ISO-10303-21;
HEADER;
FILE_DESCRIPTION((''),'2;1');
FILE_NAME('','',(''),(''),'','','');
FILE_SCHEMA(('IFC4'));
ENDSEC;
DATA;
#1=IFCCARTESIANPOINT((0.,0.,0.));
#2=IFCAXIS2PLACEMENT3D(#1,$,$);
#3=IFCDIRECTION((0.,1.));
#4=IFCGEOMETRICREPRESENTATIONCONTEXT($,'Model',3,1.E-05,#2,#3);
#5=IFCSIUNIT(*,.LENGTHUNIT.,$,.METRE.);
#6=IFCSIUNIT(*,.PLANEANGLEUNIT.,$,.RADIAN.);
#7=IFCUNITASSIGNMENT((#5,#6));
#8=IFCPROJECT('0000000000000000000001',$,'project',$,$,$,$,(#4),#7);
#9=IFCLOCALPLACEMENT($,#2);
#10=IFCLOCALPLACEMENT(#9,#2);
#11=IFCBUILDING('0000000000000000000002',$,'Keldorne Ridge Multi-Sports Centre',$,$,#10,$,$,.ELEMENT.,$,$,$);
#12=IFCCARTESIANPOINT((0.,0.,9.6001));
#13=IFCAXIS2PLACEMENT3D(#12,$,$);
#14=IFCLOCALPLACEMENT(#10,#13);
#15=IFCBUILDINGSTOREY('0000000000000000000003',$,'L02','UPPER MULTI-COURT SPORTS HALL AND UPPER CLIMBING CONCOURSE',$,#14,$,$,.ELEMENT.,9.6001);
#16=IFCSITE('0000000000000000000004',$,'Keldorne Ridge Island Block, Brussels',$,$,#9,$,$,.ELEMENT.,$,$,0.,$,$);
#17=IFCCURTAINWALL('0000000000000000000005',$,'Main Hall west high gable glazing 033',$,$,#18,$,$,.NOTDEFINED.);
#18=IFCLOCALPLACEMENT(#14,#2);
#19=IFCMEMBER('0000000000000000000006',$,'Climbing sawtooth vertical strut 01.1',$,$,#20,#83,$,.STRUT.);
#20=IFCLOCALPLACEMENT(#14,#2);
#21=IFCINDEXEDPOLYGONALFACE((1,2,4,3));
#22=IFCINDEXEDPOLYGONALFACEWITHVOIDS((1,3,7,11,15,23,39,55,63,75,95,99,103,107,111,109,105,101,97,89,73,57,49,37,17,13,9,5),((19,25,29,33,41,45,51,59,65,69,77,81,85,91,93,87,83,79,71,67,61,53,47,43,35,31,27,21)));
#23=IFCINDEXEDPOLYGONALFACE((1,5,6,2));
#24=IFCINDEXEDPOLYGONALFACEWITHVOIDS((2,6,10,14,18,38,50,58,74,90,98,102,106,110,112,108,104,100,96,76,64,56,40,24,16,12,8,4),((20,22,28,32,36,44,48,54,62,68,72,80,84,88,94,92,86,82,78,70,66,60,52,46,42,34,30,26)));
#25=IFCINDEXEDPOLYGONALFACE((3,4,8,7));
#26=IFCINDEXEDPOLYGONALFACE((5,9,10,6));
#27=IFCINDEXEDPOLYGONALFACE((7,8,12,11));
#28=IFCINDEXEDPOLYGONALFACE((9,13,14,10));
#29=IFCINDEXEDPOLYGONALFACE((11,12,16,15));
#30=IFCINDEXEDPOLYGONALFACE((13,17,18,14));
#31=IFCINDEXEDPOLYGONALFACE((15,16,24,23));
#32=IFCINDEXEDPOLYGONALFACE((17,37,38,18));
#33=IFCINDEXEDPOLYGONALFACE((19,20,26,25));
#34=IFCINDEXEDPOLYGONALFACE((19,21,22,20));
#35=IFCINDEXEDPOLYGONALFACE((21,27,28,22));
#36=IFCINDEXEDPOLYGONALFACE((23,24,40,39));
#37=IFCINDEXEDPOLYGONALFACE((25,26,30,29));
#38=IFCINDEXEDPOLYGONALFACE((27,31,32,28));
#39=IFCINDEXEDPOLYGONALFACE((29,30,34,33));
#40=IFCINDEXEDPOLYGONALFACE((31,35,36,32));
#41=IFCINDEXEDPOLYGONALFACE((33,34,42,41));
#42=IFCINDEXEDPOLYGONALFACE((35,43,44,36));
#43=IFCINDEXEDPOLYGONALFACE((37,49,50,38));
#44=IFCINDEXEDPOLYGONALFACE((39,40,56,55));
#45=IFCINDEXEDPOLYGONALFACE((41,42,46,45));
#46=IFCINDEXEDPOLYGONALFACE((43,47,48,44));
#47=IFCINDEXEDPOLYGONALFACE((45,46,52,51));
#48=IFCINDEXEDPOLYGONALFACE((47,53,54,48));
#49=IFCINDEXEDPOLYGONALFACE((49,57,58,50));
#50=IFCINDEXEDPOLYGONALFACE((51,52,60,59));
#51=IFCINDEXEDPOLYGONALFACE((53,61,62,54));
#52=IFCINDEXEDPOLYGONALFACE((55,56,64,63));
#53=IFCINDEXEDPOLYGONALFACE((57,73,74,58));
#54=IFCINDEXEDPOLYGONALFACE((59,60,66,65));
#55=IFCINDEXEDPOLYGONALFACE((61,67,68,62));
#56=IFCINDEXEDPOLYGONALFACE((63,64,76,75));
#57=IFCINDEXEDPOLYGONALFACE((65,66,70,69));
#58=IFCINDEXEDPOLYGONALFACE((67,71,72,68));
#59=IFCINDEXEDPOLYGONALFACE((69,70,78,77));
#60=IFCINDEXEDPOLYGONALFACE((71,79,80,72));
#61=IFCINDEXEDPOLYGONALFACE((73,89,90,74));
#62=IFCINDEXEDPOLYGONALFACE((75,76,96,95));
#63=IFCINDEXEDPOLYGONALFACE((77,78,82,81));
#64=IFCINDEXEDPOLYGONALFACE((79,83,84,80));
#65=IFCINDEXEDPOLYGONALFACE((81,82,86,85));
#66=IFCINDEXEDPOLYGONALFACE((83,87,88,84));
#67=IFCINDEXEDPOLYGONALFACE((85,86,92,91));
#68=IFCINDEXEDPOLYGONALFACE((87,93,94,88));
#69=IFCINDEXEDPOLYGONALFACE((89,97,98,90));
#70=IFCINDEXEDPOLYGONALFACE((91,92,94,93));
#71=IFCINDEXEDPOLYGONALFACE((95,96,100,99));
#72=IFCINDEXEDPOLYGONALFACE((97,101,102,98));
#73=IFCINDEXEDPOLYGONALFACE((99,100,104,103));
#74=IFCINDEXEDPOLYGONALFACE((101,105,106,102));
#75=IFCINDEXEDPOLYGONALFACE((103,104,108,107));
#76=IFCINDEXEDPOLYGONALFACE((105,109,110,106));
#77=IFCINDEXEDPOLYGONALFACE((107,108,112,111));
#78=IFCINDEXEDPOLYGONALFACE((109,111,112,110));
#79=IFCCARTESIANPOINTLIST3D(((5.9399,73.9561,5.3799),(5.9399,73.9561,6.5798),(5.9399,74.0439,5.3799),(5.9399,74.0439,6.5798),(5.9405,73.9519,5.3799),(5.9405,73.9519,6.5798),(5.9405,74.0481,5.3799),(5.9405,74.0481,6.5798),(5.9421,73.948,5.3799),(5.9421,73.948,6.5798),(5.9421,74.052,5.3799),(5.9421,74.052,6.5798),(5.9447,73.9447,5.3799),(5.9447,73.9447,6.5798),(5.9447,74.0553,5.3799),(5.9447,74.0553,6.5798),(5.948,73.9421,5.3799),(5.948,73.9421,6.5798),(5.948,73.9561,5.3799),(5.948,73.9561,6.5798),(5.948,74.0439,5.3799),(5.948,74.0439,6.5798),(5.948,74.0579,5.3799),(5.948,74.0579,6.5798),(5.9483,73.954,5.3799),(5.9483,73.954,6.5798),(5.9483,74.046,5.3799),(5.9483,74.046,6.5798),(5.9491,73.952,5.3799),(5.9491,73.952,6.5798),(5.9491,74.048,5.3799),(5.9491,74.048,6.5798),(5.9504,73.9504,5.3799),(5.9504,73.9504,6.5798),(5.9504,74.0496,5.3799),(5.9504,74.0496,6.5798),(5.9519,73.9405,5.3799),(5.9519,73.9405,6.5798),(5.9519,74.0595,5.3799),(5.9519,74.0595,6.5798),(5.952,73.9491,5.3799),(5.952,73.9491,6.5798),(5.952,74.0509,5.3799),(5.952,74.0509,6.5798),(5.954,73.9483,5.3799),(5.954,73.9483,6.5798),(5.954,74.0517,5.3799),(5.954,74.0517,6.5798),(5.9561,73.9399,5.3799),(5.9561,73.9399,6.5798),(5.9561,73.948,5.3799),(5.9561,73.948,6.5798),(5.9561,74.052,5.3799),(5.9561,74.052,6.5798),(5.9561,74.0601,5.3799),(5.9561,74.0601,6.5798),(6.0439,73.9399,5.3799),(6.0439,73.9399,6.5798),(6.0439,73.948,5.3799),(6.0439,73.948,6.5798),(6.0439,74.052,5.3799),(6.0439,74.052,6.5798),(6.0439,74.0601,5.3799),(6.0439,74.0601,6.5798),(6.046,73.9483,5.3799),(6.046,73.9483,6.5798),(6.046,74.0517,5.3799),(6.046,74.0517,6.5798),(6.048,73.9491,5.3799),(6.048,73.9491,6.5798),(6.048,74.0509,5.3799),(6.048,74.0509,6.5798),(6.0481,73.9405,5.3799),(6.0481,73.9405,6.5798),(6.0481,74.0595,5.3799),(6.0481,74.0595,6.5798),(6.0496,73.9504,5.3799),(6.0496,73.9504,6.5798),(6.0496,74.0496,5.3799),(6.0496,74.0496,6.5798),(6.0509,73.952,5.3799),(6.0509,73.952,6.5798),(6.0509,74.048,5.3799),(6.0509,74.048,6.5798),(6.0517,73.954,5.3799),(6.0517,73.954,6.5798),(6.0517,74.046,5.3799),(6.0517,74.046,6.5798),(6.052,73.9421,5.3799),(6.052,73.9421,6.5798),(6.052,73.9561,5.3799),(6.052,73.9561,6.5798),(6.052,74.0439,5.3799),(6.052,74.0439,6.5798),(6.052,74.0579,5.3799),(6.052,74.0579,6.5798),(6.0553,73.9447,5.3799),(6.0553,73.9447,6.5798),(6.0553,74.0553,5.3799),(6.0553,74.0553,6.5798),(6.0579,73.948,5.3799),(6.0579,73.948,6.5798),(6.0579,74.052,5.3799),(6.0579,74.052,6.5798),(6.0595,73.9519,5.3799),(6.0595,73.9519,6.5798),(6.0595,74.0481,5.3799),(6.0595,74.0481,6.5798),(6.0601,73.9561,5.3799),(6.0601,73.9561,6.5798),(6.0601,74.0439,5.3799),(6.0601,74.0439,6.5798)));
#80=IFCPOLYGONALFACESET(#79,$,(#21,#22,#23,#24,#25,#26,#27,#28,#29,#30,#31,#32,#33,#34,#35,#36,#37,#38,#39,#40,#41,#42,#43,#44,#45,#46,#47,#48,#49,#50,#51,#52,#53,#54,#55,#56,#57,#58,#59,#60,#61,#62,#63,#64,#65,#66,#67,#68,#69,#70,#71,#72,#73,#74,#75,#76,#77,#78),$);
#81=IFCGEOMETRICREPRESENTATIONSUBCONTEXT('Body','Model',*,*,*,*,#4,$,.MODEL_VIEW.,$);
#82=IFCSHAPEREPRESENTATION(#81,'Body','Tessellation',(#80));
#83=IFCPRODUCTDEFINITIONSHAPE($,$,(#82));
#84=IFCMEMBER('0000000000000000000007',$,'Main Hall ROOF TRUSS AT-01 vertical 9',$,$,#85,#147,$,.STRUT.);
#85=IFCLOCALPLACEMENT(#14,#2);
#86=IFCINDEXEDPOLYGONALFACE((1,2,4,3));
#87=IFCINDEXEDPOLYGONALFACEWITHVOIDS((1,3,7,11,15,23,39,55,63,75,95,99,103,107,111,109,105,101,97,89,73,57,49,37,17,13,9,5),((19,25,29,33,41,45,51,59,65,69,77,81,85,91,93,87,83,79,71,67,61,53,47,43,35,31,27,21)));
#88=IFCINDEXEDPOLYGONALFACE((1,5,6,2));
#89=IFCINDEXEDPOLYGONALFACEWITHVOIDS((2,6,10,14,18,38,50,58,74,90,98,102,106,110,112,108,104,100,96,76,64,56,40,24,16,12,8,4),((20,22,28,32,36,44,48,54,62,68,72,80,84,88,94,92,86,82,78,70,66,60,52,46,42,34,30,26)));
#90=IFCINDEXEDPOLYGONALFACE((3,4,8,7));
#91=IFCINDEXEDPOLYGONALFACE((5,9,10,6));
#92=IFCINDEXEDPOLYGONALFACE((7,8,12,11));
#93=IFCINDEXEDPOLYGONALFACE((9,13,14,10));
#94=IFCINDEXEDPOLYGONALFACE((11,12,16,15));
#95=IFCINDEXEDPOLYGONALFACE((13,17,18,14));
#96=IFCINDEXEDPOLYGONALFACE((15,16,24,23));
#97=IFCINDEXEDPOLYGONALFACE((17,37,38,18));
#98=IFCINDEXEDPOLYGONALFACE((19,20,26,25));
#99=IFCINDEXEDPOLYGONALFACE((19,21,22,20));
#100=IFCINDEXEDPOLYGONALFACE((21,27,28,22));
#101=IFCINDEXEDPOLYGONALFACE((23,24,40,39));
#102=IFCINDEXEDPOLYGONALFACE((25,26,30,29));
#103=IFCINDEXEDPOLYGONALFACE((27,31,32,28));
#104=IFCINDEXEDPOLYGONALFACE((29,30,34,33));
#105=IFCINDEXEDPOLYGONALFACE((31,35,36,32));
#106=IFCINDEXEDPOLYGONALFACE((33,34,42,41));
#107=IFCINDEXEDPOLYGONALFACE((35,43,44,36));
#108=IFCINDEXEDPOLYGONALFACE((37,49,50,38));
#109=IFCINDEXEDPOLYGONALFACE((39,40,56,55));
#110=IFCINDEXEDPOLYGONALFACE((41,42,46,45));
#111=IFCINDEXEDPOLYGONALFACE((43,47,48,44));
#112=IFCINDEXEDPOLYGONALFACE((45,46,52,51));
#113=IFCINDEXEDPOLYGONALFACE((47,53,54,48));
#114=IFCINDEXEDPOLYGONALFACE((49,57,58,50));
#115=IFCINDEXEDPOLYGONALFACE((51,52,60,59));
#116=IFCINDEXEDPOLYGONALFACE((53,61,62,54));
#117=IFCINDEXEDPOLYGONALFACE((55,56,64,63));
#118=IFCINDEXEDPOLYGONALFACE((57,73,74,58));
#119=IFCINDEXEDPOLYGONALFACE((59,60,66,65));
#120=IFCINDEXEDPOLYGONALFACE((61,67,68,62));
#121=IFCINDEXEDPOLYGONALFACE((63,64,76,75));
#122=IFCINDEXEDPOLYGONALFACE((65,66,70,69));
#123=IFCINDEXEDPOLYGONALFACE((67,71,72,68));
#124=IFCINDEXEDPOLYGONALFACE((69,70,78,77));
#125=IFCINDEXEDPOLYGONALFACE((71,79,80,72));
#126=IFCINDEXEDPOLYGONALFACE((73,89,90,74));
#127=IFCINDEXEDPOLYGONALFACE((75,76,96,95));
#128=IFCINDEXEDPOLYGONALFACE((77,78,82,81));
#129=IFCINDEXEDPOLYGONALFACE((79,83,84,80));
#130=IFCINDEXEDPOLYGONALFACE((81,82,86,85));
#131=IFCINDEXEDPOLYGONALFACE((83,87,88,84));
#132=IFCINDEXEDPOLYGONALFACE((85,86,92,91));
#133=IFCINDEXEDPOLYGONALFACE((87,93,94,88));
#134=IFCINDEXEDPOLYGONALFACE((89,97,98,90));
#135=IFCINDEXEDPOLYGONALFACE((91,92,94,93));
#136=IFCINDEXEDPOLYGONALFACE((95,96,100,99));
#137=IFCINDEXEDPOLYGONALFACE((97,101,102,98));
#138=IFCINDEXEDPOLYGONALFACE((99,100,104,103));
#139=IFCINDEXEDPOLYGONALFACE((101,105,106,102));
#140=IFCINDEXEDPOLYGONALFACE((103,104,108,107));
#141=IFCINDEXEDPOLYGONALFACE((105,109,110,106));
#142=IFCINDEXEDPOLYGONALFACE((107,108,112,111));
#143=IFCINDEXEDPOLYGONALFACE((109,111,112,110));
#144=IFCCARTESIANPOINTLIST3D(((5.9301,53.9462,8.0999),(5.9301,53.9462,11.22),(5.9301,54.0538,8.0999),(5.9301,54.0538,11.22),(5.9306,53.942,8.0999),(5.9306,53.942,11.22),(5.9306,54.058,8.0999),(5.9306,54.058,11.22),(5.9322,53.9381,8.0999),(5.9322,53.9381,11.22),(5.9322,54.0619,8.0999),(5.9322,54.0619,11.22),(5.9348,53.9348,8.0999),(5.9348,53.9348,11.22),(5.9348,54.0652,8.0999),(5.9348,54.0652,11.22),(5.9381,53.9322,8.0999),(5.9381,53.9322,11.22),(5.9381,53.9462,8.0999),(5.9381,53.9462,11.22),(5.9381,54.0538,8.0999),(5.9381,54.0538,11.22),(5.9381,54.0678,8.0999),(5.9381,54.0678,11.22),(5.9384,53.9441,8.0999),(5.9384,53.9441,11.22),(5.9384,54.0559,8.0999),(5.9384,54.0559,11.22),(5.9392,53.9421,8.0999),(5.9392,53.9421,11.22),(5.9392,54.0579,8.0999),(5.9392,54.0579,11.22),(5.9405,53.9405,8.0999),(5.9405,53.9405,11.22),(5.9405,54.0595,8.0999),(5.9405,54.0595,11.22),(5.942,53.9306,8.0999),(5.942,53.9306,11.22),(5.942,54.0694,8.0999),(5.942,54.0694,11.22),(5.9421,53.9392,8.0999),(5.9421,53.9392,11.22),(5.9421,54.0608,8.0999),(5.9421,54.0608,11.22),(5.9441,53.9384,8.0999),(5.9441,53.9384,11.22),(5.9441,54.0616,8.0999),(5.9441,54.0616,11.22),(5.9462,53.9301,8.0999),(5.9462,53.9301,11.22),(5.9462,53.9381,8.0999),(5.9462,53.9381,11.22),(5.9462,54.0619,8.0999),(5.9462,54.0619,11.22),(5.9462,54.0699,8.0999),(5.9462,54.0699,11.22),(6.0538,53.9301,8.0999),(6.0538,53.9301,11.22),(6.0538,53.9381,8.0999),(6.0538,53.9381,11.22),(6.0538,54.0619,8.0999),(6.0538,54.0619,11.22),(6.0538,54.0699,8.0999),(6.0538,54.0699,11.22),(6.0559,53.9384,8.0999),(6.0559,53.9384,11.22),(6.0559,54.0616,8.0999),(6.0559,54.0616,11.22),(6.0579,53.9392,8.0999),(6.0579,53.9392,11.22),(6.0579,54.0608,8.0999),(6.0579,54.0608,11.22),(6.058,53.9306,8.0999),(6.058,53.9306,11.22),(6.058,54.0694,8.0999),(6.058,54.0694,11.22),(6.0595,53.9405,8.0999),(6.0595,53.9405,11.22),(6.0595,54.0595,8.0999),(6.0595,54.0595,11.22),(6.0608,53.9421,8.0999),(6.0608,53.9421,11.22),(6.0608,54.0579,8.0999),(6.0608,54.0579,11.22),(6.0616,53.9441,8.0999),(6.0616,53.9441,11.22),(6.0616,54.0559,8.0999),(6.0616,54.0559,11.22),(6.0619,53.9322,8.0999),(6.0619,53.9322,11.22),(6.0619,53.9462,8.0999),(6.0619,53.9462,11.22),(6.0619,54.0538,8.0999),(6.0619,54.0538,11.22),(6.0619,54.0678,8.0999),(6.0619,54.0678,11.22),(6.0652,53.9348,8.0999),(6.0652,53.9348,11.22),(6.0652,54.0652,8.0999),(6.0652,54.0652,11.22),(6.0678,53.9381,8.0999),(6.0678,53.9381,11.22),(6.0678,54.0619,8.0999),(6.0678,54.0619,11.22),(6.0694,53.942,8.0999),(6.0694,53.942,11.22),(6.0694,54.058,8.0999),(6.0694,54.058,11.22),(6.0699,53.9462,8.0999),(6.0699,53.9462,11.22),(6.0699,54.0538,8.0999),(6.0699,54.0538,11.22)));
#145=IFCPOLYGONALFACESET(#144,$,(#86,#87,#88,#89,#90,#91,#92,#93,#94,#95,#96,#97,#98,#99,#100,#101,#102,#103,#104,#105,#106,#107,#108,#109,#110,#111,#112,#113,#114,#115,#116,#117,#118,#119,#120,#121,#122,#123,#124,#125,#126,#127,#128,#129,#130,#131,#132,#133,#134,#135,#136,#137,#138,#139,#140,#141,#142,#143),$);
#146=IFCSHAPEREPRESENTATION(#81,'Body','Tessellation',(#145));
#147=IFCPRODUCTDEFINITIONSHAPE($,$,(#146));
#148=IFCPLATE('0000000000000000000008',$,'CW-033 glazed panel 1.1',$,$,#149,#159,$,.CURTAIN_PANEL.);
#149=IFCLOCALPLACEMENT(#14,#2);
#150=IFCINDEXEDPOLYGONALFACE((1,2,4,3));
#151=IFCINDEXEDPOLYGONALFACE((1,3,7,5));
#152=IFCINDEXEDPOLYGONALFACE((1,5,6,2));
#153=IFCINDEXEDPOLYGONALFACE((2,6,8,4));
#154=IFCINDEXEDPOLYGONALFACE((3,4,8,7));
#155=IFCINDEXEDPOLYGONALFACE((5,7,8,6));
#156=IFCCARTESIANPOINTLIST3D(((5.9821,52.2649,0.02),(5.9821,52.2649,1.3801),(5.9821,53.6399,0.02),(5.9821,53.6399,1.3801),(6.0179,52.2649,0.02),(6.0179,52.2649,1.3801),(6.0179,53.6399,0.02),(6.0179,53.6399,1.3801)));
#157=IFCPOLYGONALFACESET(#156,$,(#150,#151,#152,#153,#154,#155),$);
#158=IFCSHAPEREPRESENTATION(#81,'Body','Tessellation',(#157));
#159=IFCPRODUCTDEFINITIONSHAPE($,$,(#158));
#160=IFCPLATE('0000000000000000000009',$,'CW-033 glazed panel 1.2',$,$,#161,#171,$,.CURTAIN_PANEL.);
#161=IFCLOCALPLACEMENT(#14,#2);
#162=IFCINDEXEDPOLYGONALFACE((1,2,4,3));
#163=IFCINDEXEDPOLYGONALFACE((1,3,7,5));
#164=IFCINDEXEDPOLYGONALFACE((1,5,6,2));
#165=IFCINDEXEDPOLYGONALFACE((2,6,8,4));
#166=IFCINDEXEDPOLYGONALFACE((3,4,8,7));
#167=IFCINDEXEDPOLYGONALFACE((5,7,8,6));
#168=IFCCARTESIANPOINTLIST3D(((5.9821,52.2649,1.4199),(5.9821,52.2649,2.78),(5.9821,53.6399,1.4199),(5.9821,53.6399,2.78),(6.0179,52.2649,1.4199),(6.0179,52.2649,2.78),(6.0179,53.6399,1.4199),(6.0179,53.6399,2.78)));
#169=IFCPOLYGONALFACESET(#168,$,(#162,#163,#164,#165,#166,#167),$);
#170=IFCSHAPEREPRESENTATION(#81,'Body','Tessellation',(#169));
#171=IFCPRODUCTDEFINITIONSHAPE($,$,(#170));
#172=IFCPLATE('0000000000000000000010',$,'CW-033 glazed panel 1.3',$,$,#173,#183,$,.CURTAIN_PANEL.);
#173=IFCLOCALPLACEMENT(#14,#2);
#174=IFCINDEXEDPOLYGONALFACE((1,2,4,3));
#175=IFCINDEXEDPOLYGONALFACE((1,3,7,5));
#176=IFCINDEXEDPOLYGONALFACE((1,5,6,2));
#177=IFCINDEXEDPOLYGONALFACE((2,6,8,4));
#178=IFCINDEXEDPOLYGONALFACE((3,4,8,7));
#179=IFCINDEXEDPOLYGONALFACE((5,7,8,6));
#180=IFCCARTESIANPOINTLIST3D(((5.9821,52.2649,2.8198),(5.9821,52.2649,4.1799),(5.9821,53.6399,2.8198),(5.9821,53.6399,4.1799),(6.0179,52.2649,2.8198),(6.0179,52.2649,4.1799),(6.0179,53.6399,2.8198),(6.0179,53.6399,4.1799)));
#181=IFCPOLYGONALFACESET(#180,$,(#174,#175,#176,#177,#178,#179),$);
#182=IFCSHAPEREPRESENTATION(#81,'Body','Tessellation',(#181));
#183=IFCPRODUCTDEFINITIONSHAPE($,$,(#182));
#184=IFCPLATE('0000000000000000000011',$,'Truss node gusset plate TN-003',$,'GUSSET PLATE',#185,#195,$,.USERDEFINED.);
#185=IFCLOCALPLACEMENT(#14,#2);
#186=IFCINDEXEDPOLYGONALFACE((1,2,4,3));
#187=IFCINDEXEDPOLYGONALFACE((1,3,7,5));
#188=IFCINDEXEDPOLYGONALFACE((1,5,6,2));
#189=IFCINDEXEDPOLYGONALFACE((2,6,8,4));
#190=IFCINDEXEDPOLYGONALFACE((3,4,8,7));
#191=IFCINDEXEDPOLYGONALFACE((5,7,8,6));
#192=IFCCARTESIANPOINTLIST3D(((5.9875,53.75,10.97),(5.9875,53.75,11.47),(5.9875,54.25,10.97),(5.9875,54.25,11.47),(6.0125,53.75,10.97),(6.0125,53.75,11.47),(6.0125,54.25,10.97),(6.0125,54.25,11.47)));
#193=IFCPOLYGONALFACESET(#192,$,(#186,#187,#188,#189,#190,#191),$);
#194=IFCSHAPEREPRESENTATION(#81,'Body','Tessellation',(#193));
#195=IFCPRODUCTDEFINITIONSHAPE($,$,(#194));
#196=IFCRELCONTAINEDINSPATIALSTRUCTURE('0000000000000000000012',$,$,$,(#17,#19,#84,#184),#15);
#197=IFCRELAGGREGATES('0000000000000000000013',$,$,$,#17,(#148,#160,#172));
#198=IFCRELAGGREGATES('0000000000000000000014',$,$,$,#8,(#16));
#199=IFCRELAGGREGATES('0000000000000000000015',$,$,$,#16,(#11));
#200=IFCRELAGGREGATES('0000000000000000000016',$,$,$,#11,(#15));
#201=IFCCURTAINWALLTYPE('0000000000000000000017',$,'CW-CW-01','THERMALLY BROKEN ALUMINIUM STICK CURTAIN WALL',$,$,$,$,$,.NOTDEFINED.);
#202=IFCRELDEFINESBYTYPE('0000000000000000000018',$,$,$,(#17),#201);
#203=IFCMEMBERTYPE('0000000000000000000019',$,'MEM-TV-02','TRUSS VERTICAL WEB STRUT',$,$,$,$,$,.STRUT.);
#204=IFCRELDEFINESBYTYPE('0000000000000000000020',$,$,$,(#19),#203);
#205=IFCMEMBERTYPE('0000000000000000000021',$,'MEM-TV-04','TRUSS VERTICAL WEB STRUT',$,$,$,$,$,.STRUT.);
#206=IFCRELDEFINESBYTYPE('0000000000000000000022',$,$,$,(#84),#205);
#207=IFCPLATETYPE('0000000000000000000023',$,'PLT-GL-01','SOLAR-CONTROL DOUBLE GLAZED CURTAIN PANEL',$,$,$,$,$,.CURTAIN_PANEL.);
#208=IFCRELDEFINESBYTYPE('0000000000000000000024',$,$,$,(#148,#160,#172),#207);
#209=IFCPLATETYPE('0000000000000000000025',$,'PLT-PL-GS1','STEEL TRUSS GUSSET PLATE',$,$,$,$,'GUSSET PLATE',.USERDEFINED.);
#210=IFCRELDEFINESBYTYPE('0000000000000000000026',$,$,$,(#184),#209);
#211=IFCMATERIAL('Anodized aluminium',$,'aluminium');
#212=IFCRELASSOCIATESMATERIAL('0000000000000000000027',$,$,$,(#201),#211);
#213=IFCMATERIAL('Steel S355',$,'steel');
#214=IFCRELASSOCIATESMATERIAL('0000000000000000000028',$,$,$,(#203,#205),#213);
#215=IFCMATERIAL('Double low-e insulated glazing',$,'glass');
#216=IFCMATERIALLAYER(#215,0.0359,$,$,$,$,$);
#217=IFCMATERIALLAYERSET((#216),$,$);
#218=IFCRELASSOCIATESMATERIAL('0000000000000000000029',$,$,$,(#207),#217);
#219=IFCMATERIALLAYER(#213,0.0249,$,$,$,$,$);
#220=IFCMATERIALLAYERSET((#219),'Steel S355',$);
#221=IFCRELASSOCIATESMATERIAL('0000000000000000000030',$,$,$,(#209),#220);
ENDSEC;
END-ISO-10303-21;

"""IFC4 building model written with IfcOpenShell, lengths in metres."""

from ifc_helpers import new_model, si_unit, direction, frame, origin, origin_2d, place, context, subcontext, project, spatial, rectangle, hollow_rectangle, extrude, material, layer, layer_set, material_profile, profile_set, type_object, element, aggregate, save


model = new_model("IFC4")

# Units and contexts
model_context = context("Model", 3, precision=1e-05, world=origin(), true_north=direction((0.0, 1.0)))
body_context = subcontext(model_context, "Body", "Model", "MODEL_VIEW")
ifc_project = project(units=[si_unit("LENGTHUNIT", "METRE"), si_unit("PLANEANGLEUNIT", "RADIAN")], contexts=[model_context])

# Site, building, storey
site_placement = place(None, origin())
site = spatial("IfcSite", under=ifc_project, at=site_placement, Name="Keldorne Ridge Island Block, Brussels", CompositionType="ELEMENT", RefElevation=0.0)
building_placement = place(site_placement, origin())
building = spatial("IfcBuilding", under=site, at=building_placement, Name="Keldorne Ridge Multi-Sports Centre", CompositionType="ELEMENT")
storey_placement = place(building_placement, frame((0.0, 0.0, 9.6001)))
storey = spatial("IfcBuildingStorey", under=building, at=storey_placement, Name="L02", Description="UPPER MULTI-COURT SPORTS HALL AND UPPER CLIMBING CONCOURSE", CompositionType="ELEMENT", Elevation=9.6001)

# Shared definitions
ifc_material_1 = material(Name="Steel S355", Category="steel")

# Curtain wall
ifc_material_2 = material(Name="Anodized aluminium", Category="aluminium")
curtain_wall_type_1 = type_object("IfcCurtainWallType", Name="CW-CW-01", Description="THERMALLY BROKEN ALUMINIUM STICK CURTAIN WALL", PredefinedType="NOTDEFINED", material=ifc_material_2)
curtain_wall_1_placement = place(storey_placement, origin())
curtain_wall_1 = element("IfcCurtainWall", 1, at=curtain_wall_1_placement, inside=storey, type_object=curtain_wall_type_1, Name="Main Hall west high gable glazing 033", PredefinedType="NOTDEFINED")

# Members
ifc_material_profile_1 = material_profile(ifc_material_1, hollow_rectangle(XDim=0.1201, YDim=0.1201, WallThickness=0.0081, InnerFilletRadius=0.0081, OuterFilletRadius=0.0161, at=origin_2d()), Name="SHS 120x120x8")
ifc_profile_set_1 = profile_set([ifc_material_profile_1], Name="Steel S355")
member_type_1 = type_object("IfcMemberType", Name="MEM-TV-02", Description="TRUSS VERTICAL WEB STRUT", PredefinedType="STRUT", material=ifc_profile_set_1)
member_1_placement = place(storey_placement, frame((6.0, 74.0, 5.3799), z_axis=(0.0, 0.0, 1.0), x_axis=(1.0, 0.0, 0.0)))
element("IfcMember", 2, at=member_1_placement, inside=storey, type_object=member_type_1, Name="Climbing sawtooth vertical strut 01.1", PredefinedType="STRUT", context=body_context, shape_type="SweptSolid", body=[
    extrude(hollow_rectangle(XDim=0.1201, YDim=0.1201, WallThickness=0.0081, InnerFilletRadius=0.0081, OuterFilletRadius=0.0161, at=origin_2d()), origin(), (0.0, 0.0, 1.0), 1.2),
])
ifc_material_profile_2 = material_profile(ifc_material_1, hollow_rectangle(XDim=0.1399, YDim=0.1399, WallThickness=0.0081, InnerFilletRadius=0.0081, OuterFilletRadius=0.0161, at=origin_2d()), Name="SHS 140x140x8")
ifc_profile_set_2 = profile_set([ifc_material_profile_2], Name="Steel S355")
member_type_2 = type_object("IfcMemberType", Name="MEM-TV-04", Description="TRUSS VERTICAL WEB STRUT", PredefinedType="STRUT", material=ifc_profile_set_2)
member_2_placement = place(storey_placement, frame((6.0, 54.0, 8.0999), z_axis=(0.0, 0.0, 1.0), x_axis=(1.0, 0.0, 0.0)))
element("IfcMember", 3, at=member_2_placement, inside=storey, type_object=member_type_2, Name="Main Hall ROOF TRUSS AT-01 vertical 9", PredefinedType="STRUT", context=body_context, shape_type="SweptSolid", body=[
    extrude(hollow_rectangle(XDim=0.1399, YDim=0.1399, WallThickness=0.0081, InnerFilletRadius=0.0081, OuterFilletRadius=0.0161, at=origin_2d()), origin(), (0.0, 0.0, 1.0), 3.1201),
])

# Plates
ifc_material_3 = material(Name="Double low-e insulated glazing", Category="glass")
ifc_layer_1 = layer(ifc_material_3, 0.0359)
ifc_layer_set_1 = layer_set([ifc_layer_1])
plate_type_1 = type_object("IfcPlateType", Name="PLT-GL-01", Description="SOLAR-CONTROL DOUBLE GLAZED CURTAIN PANEL", PredefinedType="CURTAIN_PANEL", material=ifc_layer_set_1)
plate_1_placement = place(storey_placement, frame((6.0, 52.9524, 0.02), z_axis=(0.0, 0.0, 1.0), x_axis=(0.0, -1.0, 0.0)))
plate_1 = element("IfcPlate", 4, at=plate_1_placement, type_object=plate_type_1, Name="CW-033 glazed panel 1.1", PredefinedType="CURTAIN_PANEL", context=body_context, shape_type="SweptSolid", body=[
    extrude(rectangle(XDim=1.375, YDim=0.0359, at=origin_2d()), origin(), (0.0, 0.0, 1.0), 1.3601),
])
plate_2_placement = place(storey_placement, frame((6.0, 52.9524, 1.4199), z_axis=(0.0, 0.0, 1.0), x_axis=(0.0, -1.0, 0.0)))
plate_2 = element("IfcPlate", 5, at=plate_2_placement, type_object=plate_type_1, Name="CW-033 glazed panel 1.2", PredefinedType="CURTAIN_PANEL", context=body_context, shape_type="SweptSolid", body=[
    extrude(rectangle(XDim=1.375, YDim=0.0359, at=origin_2d()), origin(), (0.0, 0.0, 1.0), 1.3601),
])
plate_3_placement = place(storey_placement, frame((6.0, 52.9524, 2.8198), z_axis=(0.0, 0.0, 1.0), x_axis=(0.0, -1.0, 0.0)))
plate_3 = element("IfcPlate", 6, at=plate_3_placement, type_object=plate_type_1, Name="CW-033 glazed panel 1.3", PredefinedType="CURTAIN_PANEL", context=body_context, shape_type="SweptSolid", body=[
    extrude(rectangle(XDim=1.375, YDim=0.0359, at=origin_2d()), origin(), (0.0, 0.0, 1.0), 1.3601),
])
aggregate(curtain_wall_1, [plate_1, plate_2, plate_3])
ifc_layer_2 = layer(ifc_material_1, 0.0249)
ifc_layer_set_2 = layer_set([ifc_layer_2], Name="Steel S355")
plate_type_2 = type_object("IfcPlateType", Name="PLT-PL-GS1", Description="STEEL TRUSS GUSSET PLATE", ElementType="GUSSET PLATE", PredefinedType="USERDEFINED", material=ifc_layer_set_2)
plate_4_placement = place(storey_placement, frame((6.0, 54.0, 10.97), z_axis=(0.0, 0.0, 1.0), x_axis=(1.0, 0.0, 0.0)))
element("IfcPlate", 7, at=plate_4_placement, inside=storey, type_object=plate_type_2, Name="Truss node gusset plate TN-003", ObjectType="GUSSET PLATE", PredefinedType="USERDEFINED", context=body_context, shape_type="SweptSolid", body=[
    extrude(rectangle(XDim=0.0249, YDim=0.5, at=origin_2d()), origin(), (0.0, 0.0, 1.0), 0.5),
])

save(model, "model.ifc")
